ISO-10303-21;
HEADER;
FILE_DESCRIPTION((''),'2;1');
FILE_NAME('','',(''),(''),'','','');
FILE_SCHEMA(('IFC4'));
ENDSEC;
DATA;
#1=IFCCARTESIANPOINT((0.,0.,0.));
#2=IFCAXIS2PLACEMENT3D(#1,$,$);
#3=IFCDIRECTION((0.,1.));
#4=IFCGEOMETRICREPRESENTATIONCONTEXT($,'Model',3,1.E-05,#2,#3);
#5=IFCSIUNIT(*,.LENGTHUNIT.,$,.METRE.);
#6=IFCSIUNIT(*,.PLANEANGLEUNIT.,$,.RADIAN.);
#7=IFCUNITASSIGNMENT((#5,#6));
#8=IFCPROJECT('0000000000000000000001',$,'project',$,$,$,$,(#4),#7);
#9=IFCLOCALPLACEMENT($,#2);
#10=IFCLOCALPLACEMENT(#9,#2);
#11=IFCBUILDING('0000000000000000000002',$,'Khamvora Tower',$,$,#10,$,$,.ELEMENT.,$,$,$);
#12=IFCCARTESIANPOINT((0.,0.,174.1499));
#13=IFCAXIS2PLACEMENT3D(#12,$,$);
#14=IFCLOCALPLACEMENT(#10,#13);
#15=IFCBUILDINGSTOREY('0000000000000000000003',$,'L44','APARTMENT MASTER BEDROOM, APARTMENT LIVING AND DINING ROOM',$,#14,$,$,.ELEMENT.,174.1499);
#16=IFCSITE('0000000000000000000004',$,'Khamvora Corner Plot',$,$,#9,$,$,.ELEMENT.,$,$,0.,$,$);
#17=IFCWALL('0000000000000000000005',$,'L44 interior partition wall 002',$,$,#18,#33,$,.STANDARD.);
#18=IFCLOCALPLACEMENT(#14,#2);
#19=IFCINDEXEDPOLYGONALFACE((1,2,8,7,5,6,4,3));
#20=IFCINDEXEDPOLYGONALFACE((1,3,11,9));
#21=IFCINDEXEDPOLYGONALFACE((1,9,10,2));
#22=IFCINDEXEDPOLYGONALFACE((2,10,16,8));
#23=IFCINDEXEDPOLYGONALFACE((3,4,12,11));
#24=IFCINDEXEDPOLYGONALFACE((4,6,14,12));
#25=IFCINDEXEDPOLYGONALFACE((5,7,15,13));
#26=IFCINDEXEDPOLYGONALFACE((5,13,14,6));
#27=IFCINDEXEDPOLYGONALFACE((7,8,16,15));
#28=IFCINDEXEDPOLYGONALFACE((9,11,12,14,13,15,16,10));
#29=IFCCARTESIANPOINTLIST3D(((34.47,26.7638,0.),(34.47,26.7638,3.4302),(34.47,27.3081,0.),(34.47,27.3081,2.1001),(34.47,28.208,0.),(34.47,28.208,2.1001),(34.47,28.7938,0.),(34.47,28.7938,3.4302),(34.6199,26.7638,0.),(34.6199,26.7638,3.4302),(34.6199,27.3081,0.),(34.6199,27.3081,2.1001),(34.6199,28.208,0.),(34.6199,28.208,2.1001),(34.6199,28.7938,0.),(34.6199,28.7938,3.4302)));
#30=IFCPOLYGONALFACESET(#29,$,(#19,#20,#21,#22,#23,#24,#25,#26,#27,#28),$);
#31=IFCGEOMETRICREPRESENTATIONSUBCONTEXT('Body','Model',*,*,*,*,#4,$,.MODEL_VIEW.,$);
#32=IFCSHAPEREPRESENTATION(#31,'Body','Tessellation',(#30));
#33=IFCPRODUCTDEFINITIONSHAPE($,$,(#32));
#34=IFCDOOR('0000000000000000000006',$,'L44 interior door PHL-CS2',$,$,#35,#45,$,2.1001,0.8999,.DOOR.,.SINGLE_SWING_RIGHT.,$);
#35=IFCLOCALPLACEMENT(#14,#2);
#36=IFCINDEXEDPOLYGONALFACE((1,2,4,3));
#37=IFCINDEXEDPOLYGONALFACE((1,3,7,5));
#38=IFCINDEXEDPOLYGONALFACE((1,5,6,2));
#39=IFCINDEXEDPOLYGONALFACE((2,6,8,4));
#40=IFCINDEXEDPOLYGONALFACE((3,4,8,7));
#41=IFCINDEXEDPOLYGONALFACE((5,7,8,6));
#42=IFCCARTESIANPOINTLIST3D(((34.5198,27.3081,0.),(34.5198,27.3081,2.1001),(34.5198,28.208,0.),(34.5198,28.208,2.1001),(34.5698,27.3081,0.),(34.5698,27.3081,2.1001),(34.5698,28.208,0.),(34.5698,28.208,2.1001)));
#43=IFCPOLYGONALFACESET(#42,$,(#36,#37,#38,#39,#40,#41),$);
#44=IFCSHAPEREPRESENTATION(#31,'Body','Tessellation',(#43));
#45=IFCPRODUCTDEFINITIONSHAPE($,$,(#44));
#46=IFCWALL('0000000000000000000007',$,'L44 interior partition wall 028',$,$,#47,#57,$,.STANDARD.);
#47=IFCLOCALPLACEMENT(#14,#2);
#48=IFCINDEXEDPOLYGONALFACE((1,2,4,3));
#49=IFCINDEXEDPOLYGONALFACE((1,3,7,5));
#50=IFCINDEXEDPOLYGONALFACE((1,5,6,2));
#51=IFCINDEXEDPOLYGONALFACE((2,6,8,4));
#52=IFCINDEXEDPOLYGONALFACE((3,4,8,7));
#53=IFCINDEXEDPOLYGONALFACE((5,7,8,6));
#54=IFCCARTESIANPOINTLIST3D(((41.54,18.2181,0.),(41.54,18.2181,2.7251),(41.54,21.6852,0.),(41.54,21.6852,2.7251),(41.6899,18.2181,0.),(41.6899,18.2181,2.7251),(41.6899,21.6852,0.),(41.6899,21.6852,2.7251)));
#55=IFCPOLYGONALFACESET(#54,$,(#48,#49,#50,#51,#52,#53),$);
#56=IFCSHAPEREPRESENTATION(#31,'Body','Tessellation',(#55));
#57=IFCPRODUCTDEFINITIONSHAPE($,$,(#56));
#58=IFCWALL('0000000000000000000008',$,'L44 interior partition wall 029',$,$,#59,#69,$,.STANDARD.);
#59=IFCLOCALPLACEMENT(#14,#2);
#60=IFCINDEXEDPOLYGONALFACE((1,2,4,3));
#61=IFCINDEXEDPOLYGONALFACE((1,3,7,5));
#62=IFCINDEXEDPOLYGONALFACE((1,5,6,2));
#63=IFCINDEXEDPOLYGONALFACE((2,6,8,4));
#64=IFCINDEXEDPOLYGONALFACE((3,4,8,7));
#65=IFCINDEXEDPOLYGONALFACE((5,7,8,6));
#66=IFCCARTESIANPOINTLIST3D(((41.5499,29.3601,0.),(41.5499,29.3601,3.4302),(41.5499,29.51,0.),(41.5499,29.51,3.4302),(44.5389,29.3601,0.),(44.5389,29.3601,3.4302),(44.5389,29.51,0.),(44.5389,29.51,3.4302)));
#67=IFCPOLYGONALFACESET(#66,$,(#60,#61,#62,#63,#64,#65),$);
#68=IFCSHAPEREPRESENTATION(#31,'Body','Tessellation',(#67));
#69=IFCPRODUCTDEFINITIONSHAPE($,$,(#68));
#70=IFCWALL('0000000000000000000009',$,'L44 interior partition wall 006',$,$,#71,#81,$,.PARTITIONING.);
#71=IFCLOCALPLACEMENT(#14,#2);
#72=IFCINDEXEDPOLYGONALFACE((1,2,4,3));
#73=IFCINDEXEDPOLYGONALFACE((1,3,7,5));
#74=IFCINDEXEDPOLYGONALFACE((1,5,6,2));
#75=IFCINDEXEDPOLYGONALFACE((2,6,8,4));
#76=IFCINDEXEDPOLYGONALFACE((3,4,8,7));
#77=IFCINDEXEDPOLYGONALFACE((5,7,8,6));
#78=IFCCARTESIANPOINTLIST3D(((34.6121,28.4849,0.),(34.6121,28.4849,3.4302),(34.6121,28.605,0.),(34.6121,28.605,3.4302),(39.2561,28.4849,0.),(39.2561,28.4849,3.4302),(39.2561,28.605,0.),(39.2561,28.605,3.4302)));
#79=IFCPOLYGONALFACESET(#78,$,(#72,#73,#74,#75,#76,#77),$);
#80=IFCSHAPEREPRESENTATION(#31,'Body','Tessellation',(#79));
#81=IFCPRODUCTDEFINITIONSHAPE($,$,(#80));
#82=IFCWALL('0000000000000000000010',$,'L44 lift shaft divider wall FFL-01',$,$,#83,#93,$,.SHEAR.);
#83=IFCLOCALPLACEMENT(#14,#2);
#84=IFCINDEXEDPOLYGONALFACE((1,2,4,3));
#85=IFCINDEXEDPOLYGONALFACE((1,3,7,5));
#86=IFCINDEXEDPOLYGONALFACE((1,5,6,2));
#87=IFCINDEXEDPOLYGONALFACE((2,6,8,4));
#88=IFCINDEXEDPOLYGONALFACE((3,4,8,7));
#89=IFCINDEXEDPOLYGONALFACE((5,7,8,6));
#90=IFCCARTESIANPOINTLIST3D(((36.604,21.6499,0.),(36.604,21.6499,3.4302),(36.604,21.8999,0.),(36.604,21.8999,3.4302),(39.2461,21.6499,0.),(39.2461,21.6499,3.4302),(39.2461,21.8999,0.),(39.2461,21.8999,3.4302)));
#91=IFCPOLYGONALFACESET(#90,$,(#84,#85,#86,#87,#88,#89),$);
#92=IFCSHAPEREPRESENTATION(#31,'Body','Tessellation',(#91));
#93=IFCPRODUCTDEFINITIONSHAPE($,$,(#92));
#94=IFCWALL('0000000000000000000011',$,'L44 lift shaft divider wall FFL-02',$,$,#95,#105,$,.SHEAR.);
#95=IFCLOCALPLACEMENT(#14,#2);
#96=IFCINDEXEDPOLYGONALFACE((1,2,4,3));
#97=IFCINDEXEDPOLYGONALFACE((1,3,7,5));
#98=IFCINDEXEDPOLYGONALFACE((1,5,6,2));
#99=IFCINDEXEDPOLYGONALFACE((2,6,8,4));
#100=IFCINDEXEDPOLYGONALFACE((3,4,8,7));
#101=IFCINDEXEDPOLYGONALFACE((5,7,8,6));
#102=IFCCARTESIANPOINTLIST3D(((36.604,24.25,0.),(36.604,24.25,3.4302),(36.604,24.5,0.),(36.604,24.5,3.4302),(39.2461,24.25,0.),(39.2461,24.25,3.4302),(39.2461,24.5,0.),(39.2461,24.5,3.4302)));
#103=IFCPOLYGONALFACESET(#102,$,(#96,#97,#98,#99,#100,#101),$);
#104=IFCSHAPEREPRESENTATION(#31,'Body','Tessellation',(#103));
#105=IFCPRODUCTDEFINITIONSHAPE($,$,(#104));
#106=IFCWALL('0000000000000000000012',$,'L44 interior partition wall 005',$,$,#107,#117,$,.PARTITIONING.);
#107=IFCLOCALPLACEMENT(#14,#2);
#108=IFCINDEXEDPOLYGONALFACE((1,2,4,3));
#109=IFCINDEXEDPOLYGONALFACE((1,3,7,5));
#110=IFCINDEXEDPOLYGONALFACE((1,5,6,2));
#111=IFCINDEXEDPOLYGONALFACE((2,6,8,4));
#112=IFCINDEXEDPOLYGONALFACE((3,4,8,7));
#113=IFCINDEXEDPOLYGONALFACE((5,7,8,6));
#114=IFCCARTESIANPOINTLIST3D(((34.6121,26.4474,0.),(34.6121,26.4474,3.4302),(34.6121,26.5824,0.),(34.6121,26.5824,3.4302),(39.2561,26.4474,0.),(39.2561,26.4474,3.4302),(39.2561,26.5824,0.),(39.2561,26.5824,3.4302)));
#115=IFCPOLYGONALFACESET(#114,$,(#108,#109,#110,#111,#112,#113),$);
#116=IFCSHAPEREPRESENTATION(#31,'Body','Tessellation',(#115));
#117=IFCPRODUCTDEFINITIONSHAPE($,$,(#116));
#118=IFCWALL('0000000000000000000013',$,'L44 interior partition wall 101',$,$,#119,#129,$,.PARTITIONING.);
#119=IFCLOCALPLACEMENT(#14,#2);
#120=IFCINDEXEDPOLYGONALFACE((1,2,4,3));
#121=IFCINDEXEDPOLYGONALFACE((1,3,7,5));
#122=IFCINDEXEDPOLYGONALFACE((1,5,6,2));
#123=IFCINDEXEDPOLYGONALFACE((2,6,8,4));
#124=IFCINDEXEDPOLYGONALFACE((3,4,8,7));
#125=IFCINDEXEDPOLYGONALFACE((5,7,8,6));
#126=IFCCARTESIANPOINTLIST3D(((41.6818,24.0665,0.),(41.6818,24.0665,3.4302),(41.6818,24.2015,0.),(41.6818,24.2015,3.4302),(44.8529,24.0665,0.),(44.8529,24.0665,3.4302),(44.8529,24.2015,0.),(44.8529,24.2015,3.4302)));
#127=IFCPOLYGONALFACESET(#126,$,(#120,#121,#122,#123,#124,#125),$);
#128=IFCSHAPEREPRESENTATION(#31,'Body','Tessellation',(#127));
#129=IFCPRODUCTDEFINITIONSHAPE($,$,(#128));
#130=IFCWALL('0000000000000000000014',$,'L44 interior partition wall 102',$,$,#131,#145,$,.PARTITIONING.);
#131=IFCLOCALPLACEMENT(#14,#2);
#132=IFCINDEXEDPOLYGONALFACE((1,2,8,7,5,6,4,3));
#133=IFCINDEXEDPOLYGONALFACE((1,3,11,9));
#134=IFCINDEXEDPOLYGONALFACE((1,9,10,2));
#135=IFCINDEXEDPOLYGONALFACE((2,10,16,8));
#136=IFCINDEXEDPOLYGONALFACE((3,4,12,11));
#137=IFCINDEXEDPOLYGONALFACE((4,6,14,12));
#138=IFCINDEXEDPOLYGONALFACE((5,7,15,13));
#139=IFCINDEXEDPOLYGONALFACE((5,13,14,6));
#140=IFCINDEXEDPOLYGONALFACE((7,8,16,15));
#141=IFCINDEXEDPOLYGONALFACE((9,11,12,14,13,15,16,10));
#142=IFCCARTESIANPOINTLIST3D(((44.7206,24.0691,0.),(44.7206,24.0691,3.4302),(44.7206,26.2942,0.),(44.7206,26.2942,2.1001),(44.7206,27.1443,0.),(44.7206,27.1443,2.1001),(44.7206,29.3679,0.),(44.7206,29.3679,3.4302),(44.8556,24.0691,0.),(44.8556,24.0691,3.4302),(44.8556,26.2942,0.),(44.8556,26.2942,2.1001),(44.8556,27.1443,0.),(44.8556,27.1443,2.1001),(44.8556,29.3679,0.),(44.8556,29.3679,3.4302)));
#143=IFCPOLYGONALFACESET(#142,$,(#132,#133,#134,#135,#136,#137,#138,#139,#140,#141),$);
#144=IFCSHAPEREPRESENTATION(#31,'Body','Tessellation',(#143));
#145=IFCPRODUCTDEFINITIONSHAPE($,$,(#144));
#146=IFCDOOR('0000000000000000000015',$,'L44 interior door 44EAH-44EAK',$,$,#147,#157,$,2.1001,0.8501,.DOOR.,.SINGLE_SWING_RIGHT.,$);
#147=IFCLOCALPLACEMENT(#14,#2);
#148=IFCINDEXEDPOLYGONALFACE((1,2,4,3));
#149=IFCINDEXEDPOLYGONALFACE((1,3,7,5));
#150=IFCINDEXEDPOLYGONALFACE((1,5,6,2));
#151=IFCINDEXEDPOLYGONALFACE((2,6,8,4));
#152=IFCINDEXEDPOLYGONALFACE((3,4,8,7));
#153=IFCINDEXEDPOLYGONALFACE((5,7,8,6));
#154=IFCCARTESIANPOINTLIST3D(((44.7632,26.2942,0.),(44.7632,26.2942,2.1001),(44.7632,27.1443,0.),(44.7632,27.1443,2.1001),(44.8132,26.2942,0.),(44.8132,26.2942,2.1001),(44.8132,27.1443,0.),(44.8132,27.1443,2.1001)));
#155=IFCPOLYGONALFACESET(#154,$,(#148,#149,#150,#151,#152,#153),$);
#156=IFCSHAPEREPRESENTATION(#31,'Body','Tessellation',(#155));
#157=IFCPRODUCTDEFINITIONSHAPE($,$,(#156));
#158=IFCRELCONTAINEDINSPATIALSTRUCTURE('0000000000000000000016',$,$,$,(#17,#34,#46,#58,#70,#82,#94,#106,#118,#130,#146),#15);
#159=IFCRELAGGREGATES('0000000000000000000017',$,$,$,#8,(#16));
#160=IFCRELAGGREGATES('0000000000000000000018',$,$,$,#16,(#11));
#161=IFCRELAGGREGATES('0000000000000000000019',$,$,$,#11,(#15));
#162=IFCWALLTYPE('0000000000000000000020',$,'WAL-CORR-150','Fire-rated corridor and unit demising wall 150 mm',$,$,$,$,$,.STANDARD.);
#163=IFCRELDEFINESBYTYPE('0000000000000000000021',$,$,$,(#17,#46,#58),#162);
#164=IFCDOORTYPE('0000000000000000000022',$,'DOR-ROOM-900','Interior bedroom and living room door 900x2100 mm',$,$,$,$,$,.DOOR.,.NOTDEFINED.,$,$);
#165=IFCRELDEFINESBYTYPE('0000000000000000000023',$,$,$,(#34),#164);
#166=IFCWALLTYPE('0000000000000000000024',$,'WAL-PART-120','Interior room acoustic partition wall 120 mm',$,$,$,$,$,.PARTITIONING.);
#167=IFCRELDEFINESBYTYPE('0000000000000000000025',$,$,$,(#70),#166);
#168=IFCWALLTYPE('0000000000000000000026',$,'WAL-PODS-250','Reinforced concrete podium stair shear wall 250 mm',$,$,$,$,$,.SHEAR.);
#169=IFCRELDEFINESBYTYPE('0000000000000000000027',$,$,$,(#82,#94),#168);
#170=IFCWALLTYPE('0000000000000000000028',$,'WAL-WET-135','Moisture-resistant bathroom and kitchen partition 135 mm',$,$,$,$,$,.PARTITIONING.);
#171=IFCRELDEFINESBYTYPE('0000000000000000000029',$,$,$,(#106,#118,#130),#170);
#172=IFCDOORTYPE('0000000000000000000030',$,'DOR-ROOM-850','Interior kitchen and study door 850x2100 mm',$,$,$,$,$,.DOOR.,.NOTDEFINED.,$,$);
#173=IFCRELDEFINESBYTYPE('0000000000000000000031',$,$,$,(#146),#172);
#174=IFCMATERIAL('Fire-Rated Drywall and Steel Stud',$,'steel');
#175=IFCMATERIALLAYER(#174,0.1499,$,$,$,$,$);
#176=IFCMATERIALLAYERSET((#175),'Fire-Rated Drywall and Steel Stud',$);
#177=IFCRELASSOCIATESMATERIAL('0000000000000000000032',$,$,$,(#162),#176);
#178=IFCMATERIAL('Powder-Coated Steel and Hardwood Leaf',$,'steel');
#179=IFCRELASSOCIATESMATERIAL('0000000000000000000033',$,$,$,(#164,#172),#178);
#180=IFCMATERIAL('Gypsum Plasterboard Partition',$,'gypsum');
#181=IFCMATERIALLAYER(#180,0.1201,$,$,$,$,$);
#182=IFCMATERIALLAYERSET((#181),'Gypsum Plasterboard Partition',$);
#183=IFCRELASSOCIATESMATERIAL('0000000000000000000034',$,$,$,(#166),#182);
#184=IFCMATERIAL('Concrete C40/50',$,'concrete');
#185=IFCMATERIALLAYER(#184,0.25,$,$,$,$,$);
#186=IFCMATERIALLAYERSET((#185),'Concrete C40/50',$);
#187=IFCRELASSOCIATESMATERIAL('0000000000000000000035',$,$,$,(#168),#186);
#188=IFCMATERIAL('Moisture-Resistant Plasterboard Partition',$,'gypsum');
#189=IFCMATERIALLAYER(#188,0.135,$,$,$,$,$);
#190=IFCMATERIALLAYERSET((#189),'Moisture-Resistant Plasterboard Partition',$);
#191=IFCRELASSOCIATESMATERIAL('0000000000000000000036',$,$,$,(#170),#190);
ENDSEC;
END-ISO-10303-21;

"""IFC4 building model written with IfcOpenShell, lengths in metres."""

from ifc_helpers import new_model, si_unit, direction, frame, frame_2d, origin, place, context, subcontext, project, spatial, rectangle, extrude, material, layer, layer_set, type_object, element, fill, save


model = new_model("IFC4")

# Units and contexts
model_context = context("Model", 3, precision=1e-05, world=origin(), true_north=direction((0.0, 1.0)))
body_context = subcontext(model_context, "Body", "Model", "MODEL_VIEW")
ifc_project = project(units=[si_unit("LENGTHUNIT", "METRE"), si_unit("PLANEANGLEUNIT", "RADIAN")], contexts=[model_context])

# Site, building, storey
site_placement = place(None, origin())
site = spatial("IfcSite", under=ifc_project, at=site_placement, Name="Khamvora Corner Plot", CompositionType="ELEMENT", RefElevation=0.0)
building_placement = place(site_placement, origin())
building = spatial("IfcBuilding", under=site, at=building_placement, Name="Khamvora Tower", CompositionType="ELEMENT")
storey_placement = place(building_placement, frame((0.0, 0.0, 174.1499)))
storey = spatial("IfcBuildingStorey", under=building, at=storey_placement, Name="L44", Description="APARTMENT MASTER BEDROOM, APARTMENT LIVING AND DINING ROOM", CompositionType="ELEMENT", Elevation=174.1499)

# Shared definitions
ifc_material_1 = material(Name="Powder-Coated Steel and Hardwood Leaf", Category="steel")

# Wall, opening, door
ifc_material_2 = material(Name="Fire-Rated Drywall and Steel Stud", Category="steel")
ifc_layer_1 = layer(ifc_material_2, 0.1499)
ifc_layer_set_1 = layer_set([ifc_layer_1], Name="Fire-Rated Drywall and Steel Stud")
wall_type_1 = type_object("IfcWallType", Name="WAL-CORR-150", Description="Fire-rated corridor and unit demising wall 150 mm", PredefinedType="STANDARD", material=ifc_layer_set_1)
wall_1_placement = place(storey_placement, frame((34.5449, 28.7939, 0.0), z_axis=(0.0, 0.0, 1.0), x_axis=(0.0, -1.0, 0.0)))
wall_1 = element("IfcWall", 1, at=wall_1_placement, inside=storey, type_object=wall_type_1, Name="L44 interior partition wall 002", PredefinedType="STANDARD", context=body_context, shape_type="SweptSolid", body=[
    extrude(rectangle(XDim=2.03, YDim=0.1499, at=frame_2d((1.0151, 0.0))), origin(), (0.0, 0.0, 1.0), 3.4302),
])
opening_1_placement = place(wall_1_placement, frame((0.5859, 0.0, 0.0)))
opening_1 = element("IfcOpeningElement", 2, at=opening_1_placement, cuts=wall_1, PredefinedType="OPENING", context=body_context, shape_type="SweptSolid", body=[
    extrude(rectangle(XDim=0.8999, YDim=2.1001, at=frame_2d((0.45, 1.05))), frame((0.0, 0.085, 0.0), z_axis=(0.0, -1.0, 0.0), x_axis=(1.0, 0.0, 0.0)), (0.0, 0.0, 1.0), 0.1699),
])
door_type_1 = type_object("IfcDoorType", Name="DOR-ROOM-900", Description="Interior bedroom and living room door 900x2100 mm", OperationType="NOTDEFINED", PredefinedType="DOOR", material=ifc_material_1)
door_1_placement = place(opening_1_placement, origin())
door_1 = element("IfcDoor", 3, at=door_1_placement, inside=storey, type_object=door_type_1, Name="L44 interior door PHL-CS2", OperationType="SINGLE_SWING_RIGHT", OverallHeight=2.1001, OverallWidth=0.8999, PredefinedType="DOOR", context=body_context, shape_type="SweptSolid", body=[
    extrude(rectangle(XDim=0.8999, YDim=2.1001, at=frame_2d((0.45, 1.05))), frame((0.0, 0.0249, 0.0), z_axis=(0.0, -1.0, 0.0), x_axis=(1.0, 0.0, 0.0)), (0.0, 0.0, 1.0), 0.05),
])
fill(opening_1, door_1)

# Walls
wall_2_placement = place(storey_placement, frame((41.615, 21.6851, 0.0), z_axis=(0.0, 0.0, 1.0), x_axis=(0.0, -1.0, 0.0)))
element("IfcWall", 4, at=wall_2_placement, inside=storey, type_object=wall_type_1, Name="L44 interior partition wall 028", PredefinedType="STANDARD", context=body_context, shape_type="SweptSolid", body=[
    extrude(rectangle(XDim=3.467, YDim=0.1499, at=frame_2d((1.7334, 0.0))), origin(), (0.0, 0.0, 1.0), 2.7251),
])
wall_3_placement = place(storey_placement, frame((44.5391, 29.4351, 0.0), z_axis=(0.0, 0.0, 1.0), x_axis=(-1.0, 0.0, 0.0)))
element("IfcWall", 5, at=wall_3_placement, inside=storey, type_object=wall_type_1, Name="L44 interior partition wall 029", PredefinedType="STANDARD", context=body_context, shape_type="SweptSolid", body=[
    extrude(rectangle(XDim=2.989, YDim=0.1499, at=frame_2d((1.4946, 0.0))), origin(), (0.0, 0.0, 1.0), 3.4302),
])
ifc_material_3 = material(Name="Gypsum Plasterboard Partition", Category="gypsum")
ifc_layer_2 = layer(ifc_material_3, 0.1201)
ifc_layer_set_2 = layer_set([ifc_layer_2], Name="Gypsum Plasterboard Partition")
wall_type_2 = type_object("IfcWallType", Name="WAL-PART-120", Description="Interior room acoustic partition wall 120 mm", PredefinedType="PARTITIONING", material=ifc_layer_set_2)
wall_4_placement = place(storey_placement, frame((34.6121, 28.5449, 0.0), z_axis=(0.0, 0.0, 1.0), x_axis=(1.0, 0.0, 0.0)))
element("IfcWall", 6, at=wall_4_placement, inside=storey, type_object=wall_type_2, Name="L44 interior partition wall 006", PredefinedType="PARTITIONING", context=body_context, shape_type="SweptSolid", body=[
    extrude(rectangle(XDim=4.644, YDim=0.1201, at=frame_2d((2.322, 0.0))), origin(), (0.0, 0.0, 1.0), 3.4302),
])
ifc_material_4 = material(Name="Concrete C40/50", Category="concrete")
ifc_layer_3 = layer(ifc_material_4, 0.25)
ifc_layer_set_3 = layer_set([ifc_layer_3], Name="Concrete C40/50")
wall_type_3 = type_object("IfcWallType", Name="WAL-PODS-250", Description="Reinforced concrete podium stair shear wall 250 mm", PredefinedType="SHEAR", material=ifc_layer_set_3)
for number, where, z_axis, x_axis, name in (
    (7, (36.604, 21.7749, 0.0), (0.0, 0.0, 1.0), (1.0, 0.0, 0.0), "L44 lift shaft divider wall FFL-01"),
    (8, (36.604, 24.375, 0.0), (0.0, 0.0, 1.0), (1.0, 0.0, 0.0), "L44 lift shaft divider wall FFL-02"),
):
    element("IfcWall", number, at=place(storey_placement, frame(where, z_axis=z_axis, x_axis=x_axis)), inside=storey, type_object=wall_type_3, Name=name, PredefinedType="SHEAR", context=body_context, shape_type="SweptSolid", body=[
        extrude(rectangle(XDim=2.6421, YDim=0.25, at=frame_2d((1.321, 0.0))), origin(), (0.0, 0.0, 1.0), 3.4302),
    ])
ifc_material_5 = material(Name="Moisture-Resistant Plasterboard Partition", Category="gypsum")
ifc_layer_4 = layer(ifc_material_5, 0.135)
ifc_layer_set_4 = layer_set([ifc_layer_4], Name="Moisture-Resistant Plasterboard Partition")
wall_type_4 = type_object("IfcWallType", Name="WAL-WET-135", Description="Moisture-resistant bathroom and kitchen partition 135 mm", PredefinedType="PARTITIONING", material=ifc_layer_set_4)
wall_5_placement = place(storey_placement, frame((34.6121, 26.5149, 0.0), z_axis=(0.0, 0.0, 1.0), x_axis=(1.0, 0.0, 0.0)))
element("IfcWall", 9, at=wall_5_placement, inside=storey, type_object=wall_type_4, Name="L44 interior partition wall 005", PredefinedType="PARTITIONING", context=body_context, shape_type="SweptSolid", body=[
    extrude(rectangle(XDim=4.644, YDim=0.135, at=frame_2d((2.322, 0.0))), origin(), (0.0, 0.0, 1.0), 3.4302),
])
wall_6_placement = place(storey_placement, frame((41.6819, 24.134, 0.0), z_axis=(0.0, 0.0, 1.0), x_axis=(1.0, 0.0, 0.0)))
element("IfcWall", 10, at=wall_6_placement, inside=storey, type_object=wall_type_4, Name="L44 interior partition wall 101", PredefinedType="PARTITIONING", context=body_context, shape_type="SweptSolid", body=[
    extrude(rectangle(XDim=3.1711, YDim=0.135, at=frame_2d((1.5854, 0.0))), origin(), (0.0, 0.0, 1.0), 3.4302),
])

# Wall, opening, door
wall_7_placement = place(storey_placement, frame((44.7881, 24.0691, 0.0), z_axis=(0.0, 0.0, 1.0), x_axis=(0.0, 1.0, 0.0)))
wall_7 = element("IfcWall", 11, at=wall_7_placement, inside=storey, type_object=wall_type_4, Name="L44 interior partition wall 102", PredefinedType="PARTITIONING", context=body_context, shape_type="SweptSolid", body=[
    extrude(rectangle(XDim=5.2988, YDim=0.135, at=frame_2d((2.6494, 0.0))), origin(), (0.0, 0.0, 1.0), 3.4302),
])
opening_2_placement = place(wall_7_placement, frame((2.2251, 0.0, 0.0)))
opening_2 = element("IfcOpeningElement", 12, at=opening_2_placement, cuts=wall_7, PredefinedType="OPENING", context=body_context, shape_type="SweptSolid", body=[
    extrude(rectangle(XDim=0.8501, YDim=2.1001, at=frame_2d((0.425, 1.05))), frame((0.0, 0.0774, 0.0), z_axis=(0.0, -1.0, 0.0), x_axis=(1.0, 0.0, 0.0)), (0.0, 0.0, 1.0), 0.155),
])
door_type_2 = type_object("IfcDoorType", Name="DOR-ROOM-850", Description="Interior kitchen and study door 850x2100 mm", OperationType="NOTDEFINED", PredefinedType="DOOR", material=ifc_material_1)
door_2_placement = place(opening_2_placement, origin())
door_2 = element("IfcDoor", 13, at=door_2_placement, inside=storey, type_object=door_type_2, Name="L44 interior door 44EAH-44EAK", OperationType="SINGLE_SWING_RIGHT", OverallHeight=2.1001, OverallWidth=0.8501, PredefinedType="DOOR", context=body_context, shape_type="SweptSolid", body=[
    extrude(rectangle(XDim=0.8501, YDim=2.1001, at=frame_2d((0.425, 1.05))), frame((0.0, 0.0249, 0.0), z_axis=(0.0, -1.0, 0.0), x_axis=(1.0, 0.0, 0.0)), (0.0, 0.0, 1.0), 0.05),
])
fill(opening_2, door_2)

save(model, "model.ifc")
